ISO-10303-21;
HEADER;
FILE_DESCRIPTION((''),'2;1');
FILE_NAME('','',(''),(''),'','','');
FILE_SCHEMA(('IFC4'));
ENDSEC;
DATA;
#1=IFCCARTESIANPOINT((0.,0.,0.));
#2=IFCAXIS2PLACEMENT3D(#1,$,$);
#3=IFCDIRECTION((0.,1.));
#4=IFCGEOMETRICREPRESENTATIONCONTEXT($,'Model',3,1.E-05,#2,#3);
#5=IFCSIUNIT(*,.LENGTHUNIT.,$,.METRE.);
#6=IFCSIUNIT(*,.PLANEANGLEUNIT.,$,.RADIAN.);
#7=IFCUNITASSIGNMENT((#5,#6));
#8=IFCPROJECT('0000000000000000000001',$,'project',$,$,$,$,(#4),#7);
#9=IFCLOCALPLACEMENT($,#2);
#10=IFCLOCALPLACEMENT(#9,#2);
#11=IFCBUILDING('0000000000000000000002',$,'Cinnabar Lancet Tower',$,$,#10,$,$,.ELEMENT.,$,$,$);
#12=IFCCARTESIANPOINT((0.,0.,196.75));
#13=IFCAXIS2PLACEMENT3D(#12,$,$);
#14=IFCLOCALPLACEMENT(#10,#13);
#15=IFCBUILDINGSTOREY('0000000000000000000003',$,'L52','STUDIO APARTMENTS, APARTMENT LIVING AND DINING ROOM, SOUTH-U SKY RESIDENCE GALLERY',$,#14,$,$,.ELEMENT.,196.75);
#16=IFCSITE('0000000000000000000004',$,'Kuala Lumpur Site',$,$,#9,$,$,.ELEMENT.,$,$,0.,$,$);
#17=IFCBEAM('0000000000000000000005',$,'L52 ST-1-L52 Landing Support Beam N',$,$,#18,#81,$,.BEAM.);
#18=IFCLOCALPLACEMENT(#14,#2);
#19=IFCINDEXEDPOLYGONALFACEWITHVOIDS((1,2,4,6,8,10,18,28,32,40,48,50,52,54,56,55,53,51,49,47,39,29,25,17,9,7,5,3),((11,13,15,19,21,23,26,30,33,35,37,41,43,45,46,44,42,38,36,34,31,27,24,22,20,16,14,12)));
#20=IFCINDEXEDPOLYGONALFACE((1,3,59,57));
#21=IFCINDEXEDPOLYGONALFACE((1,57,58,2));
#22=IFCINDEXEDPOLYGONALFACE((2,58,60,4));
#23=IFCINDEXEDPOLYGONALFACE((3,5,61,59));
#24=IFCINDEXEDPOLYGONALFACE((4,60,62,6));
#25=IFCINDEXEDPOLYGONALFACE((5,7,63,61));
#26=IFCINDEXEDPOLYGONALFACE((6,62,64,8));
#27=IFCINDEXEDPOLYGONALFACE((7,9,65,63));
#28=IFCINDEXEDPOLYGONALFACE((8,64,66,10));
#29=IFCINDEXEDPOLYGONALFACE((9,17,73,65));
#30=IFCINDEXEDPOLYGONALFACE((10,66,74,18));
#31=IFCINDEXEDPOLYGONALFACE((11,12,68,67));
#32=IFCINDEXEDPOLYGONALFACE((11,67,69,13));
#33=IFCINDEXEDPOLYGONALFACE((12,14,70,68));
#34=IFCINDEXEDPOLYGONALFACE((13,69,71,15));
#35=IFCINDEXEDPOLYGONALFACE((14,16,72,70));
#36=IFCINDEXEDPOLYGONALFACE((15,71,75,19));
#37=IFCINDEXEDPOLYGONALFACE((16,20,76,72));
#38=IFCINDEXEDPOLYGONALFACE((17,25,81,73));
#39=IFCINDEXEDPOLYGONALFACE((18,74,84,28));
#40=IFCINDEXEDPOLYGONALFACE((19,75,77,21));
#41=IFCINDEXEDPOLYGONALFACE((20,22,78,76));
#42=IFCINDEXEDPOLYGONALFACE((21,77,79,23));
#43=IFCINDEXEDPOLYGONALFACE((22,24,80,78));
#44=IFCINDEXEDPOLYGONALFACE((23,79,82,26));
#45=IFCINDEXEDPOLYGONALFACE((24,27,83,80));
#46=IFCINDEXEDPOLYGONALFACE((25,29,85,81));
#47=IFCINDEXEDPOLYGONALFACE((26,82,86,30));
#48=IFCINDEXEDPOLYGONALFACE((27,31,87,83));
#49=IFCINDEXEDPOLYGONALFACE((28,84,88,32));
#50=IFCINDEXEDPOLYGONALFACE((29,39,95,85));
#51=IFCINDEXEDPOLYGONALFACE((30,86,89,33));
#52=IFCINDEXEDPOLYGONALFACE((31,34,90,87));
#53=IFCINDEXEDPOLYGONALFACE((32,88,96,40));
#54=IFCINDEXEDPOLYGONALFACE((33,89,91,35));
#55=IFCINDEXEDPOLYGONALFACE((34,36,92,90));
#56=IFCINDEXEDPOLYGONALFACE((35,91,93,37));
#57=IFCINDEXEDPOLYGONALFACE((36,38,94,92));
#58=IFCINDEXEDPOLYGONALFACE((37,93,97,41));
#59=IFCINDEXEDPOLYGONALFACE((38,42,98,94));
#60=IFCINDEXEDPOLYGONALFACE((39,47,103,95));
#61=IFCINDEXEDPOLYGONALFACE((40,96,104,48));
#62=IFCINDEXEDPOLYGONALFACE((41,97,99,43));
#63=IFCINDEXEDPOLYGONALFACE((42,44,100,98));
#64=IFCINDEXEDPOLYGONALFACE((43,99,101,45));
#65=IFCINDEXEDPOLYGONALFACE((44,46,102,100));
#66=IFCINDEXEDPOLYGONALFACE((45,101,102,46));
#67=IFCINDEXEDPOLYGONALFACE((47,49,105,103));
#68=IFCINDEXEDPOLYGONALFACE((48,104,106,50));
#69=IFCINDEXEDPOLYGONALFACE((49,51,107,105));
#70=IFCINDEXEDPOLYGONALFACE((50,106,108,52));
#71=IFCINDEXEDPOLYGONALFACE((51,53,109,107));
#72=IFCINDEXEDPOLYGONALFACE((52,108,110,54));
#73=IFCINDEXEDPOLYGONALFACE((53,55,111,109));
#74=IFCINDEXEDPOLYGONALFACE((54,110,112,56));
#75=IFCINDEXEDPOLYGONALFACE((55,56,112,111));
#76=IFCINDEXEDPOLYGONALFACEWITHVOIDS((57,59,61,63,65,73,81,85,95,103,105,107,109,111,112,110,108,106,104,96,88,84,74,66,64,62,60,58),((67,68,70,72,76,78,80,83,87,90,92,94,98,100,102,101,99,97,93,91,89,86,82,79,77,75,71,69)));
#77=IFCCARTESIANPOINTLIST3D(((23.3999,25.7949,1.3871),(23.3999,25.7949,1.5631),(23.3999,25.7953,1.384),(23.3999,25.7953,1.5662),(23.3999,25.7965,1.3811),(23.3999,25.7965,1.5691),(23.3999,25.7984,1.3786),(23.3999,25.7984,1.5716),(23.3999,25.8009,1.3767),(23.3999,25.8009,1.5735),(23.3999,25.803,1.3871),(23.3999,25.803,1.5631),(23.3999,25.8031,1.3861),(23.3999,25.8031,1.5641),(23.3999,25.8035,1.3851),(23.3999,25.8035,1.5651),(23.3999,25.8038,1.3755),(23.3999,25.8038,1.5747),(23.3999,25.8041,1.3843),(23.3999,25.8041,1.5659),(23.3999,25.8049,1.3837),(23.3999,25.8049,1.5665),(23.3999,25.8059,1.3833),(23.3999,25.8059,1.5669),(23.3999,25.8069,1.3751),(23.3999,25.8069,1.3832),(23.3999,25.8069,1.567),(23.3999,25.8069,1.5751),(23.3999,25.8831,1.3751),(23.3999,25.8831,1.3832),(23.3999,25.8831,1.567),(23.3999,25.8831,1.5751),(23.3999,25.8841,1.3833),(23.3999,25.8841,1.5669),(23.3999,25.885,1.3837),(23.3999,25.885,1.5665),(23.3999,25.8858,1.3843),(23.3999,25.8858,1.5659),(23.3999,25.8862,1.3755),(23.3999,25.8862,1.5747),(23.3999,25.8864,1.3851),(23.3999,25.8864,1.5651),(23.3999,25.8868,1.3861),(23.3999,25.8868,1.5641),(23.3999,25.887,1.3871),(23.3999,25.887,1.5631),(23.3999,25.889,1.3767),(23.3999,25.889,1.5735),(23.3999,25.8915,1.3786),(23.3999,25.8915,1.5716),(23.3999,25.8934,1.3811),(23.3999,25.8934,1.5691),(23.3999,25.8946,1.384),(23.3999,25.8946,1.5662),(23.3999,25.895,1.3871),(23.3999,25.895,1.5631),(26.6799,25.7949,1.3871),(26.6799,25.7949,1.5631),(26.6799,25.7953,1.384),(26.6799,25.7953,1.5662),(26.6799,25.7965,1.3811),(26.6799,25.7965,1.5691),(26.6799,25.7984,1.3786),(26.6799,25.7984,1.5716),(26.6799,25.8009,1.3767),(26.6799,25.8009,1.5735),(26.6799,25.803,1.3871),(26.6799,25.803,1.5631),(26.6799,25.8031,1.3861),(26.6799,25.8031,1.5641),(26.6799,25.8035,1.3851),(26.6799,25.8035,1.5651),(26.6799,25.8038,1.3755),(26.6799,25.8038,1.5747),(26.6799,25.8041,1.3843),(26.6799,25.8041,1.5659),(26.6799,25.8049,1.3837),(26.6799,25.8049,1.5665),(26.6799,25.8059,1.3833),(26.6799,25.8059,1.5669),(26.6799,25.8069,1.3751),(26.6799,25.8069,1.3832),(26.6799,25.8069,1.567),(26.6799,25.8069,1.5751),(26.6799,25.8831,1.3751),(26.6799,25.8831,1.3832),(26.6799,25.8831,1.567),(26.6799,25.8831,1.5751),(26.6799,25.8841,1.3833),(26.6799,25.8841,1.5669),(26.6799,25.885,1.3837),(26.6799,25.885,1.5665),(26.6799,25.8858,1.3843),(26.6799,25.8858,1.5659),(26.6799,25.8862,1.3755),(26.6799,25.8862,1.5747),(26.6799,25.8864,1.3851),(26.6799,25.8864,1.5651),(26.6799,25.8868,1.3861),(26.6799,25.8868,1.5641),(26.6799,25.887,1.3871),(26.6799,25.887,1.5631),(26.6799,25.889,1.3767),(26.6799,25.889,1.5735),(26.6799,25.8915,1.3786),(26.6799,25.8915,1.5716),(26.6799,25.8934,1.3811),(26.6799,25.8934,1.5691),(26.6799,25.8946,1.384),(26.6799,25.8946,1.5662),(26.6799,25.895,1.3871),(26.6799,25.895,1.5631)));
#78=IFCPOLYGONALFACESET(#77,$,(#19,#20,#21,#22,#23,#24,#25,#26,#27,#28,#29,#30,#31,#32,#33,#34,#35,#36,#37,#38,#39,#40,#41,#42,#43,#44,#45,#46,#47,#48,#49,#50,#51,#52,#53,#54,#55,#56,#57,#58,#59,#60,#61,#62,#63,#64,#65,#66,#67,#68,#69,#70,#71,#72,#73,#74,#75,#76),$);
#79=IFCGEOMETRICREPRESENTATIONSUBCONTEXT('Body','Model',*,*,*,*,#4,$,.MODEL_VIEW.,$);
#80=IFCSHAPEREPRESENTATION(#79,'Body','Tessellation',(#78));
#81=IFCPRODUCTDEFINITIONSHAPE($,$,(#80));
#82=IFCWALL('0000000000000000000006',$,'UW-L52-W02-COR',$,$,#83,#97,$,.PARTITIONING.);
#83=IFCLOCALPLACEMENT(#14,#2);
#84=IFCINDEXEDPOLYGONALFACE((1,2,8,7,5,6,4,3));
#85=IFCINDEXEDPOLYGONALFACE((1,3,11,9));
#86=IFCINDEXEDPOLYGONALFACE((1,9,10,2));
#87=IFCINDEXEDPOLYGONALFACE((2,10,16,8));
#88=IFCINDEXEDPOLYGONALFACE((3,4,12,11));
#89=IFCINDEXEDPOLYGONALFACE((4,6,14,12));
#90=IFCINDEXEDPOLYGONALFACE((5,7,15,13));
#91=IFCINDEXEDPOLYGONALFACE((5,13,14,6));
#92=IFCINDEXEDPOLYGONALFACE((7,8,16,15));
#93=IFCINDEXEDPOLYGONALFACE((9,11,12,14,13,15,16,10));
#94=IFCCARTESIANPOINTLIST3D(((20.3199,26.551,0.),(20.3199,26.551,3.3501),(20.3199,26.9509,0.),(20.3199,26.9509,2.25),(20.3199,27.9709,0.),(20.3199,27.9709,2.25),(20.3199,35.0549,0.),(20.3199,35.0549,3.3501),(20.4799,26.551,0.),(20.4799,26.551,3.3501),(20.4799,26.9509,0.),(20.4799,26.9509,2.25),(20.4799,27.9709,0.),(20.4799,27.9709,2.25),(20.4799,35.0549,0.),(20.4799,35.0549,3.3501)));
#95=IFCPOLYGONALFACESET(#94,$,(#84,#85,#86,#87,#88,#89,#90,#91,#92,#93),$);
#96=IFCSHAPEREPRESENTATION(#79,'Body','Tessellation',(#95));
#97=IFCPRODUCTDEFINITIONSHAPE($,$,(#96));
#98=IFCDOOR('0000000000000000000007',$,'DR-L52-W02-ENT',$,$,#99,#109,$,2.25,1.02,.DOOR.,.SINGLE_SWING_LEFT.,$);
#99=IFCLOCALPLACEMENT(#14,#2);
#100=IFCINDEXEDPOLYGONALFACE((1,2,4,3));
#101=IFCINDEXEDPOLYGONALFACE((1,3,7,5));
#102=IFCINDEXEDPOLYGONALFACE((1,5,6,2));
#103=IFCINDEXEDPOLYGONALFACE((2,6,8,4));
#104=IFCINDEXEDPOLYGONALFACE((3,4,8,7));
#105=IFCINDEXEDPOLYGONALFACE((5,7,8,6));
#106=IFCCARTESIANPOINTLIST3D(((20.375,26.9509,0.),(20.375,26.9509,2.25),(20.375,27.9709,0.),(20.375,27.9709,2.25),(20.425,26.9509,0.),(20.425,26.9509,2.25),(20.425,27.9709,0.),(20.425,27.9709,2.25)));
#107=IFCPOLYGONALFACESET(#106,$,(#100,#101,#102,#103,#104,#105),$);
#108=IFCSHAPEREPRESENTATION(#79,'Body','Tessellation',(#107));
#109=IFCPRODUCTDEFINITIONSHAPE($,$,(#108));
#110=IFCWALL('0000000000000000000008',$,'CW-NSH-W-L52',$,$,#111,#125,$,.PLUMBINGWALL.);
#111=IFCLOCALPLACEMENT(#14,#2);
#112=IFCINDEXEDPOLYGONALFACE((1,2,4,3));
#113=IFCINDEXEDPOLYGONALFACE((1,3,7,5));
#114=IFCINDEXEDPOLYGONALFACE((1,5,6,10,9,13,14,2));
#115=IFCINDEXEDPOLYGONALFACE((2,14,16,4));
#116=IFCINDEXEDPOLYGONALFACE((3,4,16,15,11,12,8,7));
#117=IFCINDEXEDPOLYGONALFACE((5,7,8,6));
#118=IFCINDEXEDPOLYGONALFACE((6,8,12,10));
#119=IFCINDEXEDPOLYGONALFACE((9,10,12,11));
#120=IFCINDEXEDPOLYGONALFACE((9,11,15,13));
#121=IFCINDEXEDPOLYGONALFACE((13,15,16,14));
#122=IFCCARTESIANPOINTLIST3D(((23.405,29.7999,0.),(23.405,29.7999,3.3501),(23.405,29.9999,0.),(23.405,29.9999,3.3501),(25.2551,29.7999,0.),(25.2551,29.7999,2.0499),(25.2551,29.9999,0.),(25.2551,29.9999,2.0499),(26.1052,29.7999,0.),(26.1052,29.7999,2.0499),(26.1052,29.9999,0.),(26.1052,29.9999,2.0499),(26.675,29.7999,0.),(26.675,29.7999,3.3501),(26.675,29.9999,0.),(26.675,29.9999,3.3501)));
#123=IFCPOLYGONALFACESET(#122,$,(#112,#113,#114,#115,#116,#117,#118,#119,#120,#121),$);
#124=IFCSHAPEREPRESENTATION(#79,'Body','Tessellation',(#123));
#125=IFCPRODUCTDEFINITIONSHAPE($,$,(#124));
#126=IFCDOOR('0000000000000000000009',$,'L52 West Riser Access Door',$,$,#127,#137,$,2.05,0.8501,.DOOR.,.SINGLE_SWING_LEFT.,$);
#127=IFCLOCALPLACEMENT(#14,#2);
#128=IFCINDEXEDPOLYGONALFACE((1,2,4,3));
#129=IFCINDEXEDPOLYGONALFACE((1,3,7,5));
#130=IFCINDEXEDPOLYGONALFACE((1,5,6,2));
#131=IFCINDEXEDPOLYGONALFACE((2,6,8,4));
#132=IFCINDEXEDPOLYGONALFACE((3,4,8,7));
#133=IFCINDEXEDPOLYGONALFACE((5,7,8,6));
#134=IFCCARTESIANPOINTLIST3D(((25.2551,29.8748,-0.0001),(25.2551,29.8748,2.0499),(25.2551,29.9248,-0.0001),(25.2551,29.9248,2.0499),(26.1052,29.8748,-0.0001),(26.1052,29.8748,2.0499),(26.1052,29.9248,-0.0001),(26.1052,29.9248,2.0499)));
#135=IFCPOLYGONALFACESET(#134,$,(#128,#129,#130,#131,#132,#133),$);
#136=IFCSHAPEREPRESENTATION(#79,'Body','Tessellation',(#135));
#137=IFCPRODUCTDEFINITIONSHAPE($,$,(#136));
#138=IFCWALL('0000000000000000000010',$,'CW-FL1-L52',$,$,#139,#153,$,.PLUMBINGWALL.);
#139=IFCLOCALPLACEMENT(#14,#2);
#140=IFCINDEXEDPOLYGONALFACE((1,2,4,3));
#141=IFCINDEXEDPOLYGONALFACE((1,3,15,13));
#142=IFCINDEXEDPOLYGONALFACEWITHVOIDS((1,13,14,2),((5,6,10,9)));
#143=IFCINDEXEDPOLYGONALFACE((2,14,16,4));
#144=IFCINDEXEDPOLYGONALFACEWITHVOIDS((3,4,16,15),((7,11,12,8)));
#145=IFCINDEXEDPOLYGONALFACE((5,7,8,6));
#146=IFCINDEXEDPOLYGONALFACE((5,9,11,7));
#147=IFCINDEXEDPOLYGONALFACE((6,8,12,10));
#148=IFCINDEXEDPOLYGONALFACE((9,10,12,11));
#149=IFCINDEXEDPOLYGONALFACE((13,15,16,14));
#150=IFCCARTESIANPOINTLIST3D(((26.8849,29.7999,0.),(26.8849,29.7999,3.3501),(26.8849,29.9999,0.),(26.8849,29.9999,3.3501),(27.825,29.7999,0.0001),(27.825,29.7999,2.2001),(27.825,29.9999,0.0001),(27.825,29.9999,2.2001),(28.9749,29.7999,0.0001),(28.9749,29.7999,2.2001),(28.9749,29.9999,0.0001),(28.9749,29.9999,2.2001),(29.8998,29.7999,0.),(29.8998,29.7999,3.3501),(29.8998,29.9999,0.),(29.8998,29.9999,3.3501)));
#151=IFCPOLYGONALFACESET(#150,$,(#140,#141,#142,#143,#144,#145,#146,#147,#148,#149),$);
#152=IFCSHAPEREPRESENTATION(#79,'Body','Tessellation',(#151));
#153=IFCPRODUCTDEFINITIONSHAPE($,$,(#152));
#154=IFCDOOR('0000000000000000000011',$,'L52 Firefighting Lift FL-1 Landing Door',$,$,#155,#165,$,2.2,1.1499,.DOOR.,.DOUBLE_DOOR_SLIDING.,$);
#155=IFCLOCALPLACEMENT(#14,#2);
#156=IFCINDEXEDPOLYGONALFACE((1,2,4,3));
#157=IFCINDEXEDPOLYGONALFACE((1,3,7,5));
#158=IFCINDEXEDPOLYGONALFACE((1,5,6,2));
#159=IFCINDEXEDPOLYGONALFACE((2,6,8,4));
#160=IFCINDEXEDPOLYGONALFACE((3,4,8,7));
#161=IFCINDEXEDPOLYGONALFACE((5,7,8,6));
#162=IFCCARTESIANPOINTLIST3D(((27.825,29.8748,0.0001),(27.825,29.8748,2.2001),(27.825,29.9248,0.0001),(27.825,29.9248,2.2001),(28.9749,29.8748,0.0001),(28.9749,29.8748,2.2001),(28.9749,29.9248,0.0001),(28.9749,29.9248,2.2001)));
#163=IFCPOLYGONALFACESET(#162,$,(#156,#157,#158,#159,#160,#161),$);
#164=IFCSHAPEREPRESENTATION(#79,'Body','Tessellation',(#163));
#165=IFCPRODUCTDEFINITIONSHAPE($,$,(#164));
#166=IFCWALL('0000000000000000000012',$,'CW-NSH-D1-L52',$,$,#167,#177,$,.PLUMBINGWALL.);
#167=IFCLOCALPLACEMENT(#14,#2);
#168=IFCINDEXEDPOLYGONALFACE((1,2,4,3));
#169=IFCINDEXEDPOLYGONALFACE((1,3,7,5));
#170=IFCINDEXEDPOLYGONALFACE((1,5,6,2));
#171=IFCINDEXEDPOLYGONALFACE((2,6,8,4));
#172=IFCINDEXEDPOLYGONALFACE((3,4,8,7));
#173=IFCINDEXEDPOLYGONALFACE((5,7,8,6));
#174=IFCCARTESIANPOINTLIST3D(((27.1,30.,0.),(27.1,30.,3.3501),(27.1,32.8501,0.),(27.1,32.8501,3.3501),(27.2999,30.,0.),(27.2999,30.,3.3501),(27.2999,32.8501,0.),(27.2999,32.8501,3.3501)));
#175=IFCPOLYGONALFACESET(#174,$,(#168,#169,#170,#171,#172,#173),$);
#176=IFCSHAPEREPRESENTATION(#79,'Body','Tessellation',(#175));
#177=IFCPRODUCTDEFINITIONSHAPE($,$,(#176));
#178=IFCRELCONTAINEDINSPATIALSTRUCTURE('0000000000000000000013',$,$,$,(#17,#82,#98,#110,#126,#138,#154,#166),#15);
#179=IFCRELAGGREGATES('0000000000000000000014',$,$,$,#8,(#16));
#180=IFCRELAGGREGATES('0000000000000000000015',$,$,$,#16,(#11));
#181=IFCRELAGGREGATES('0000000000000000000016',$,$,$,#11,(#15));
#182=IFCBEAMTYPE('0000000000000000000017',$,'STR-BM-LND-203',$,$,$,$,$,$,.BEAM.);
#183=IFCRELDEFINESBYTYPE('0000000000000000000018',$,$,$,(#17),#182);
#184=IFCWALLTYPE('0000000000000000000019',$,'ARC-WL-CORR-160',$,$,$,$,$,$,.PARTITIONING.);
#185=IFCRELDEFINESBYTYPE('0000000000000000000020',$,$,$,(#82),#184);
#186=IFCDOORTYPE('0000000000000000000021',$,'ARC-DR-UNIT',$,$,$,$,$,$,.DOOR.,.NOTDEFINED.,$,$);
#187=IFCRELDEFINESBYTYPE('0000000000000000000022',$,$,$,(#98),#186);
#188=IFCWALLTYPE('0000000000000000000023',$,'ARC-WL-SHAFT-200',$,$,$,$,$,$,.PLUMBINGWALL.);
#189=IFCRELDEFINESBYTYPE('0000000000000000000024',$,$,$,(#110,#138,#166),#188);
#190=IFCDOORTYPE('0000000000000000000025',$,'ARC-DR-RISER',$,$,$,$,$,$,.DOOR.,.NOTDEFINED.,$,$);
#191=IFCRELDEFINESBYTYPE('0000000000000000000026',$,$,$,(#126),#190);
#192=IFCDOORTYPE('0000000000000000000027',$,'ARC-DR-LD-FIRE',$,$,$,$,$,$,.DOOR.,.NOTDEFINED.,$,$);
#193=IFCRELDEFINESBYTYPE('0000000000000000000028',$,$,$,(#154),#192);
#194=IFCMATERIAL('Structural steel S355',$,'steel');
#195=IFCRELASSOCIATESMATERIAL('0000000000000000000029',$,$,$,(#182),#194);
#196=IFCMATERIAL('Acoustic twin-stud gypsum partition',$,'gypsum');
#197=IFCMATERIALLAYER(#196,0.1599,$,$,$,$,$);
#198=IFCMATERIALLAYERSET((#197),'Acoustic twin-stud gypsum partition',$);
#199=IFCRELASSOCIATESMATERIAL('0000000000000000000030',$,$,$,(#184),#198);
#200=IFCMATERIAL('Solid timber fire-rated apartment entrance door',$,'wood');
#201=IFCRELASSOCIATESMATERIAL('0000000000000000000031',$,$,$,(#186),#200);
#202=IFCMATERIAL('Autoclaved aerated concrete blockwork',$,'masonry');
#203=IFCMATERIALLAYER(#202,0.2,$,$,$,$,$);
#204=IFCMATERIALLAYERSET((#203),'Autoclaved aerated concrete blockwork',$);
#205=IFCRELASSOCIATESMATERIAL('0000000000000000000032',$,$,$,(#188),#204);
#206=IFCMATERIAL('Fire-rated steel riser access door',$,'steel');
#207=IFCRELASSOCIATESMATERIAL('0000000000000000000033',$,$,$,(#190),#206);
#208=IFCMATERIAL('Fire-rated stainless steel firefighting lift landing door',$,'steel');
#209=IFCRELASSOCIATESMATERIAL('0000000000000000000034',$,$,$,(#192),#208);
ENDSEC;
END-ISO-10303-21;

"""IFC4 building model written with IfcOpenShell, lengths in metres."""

from ifc_helpers import new_model, si_unit, direction, frame, frame_2d, origin, origin_2d, place, context, subcontext, project, spatial, rectangle, hollow_rectangle, extrude, material, layer, layer_set, material_profile, profile_set, type_object, element, fill, save


model = new_model("IFC4")

# Units and contexts
model_context = context("Model", 3, precision=1e-05, world=origin(), true_north=direction((0.0, 1.0)))
body_context = subcontext(model_context, "Body", "Model", "MODEL_VIEW")
ifc_project = project(units=[si_unit("LENGTHUNIT", "METRE"), si_unit("PLANEANGLEUNIT", "RADIAN")], contexts=[model_context])

# Site, building, storey
site_placement = place(None, origin())
site = spatial("IfcSite", under=ifc_project, at=site_placement, Name="Kuala Lumpur Site", CompositionType="ELEMENT", RefElevation=0.0)
building_placement = place(site_placement, origin())
building = spatial("IfcBuilding", under=site, at=building_placement, Name="Cinnabar Lancet Tower", CompositionType="ELEMENT")
storey_placement = place(building_placement, frame((0.0, 0.0, 196.75)))
storey = spatial("IfcBuildingStorey", under=building, at=storey_placement, Name="L52", Description="STUDIO APARTMENTS, APARTMENT LIVING AND DINING ROOM, SOUTH-U SKY RESIDENCE GALLERY", CompositionType="ELEMENT", Elevation=196.75)

# Beam
ifc_material_1 = material(Name="Structural steel S355", Category="steel")
ifc_material_profile_1 = material_profile(ifc_material_1, hollow_rectangle(XDim=0.1001, YDim=0.2, WallThickness=0.0081, InnerFilletRadius=0.0039, OuterFilletRadius=0.012, at=origin_2d()), Name="RHS 200x100x8")
ifc_profile_set_1 = profile_set([ifc_material_profile_1], Name="Structural steel S355")
beam_type_1 = type_object("IfcBeamType", Name="STR-BM-LND-203", PredefinedType="BEAM", material=ifc_profile_set_1)
beam_1_placement = place(storey_placement, frame((23.3999, 25.845, 1.4751), z_axis=(1.0, 0.0, 0.0), x_axis=(0.0, 1.0, 0.0)))
element("IfcBeam", 1, at=beam_1_placement, inside=storey, type_object=beam_type_1, Name="L52 ST-1-L52 Landing Support Beam N", PredefinedType="BEAM", context=body_context, shape_type="SweptSolid", body=[
    extrude(hollow_rectangle(XDim=0.1001, YDim=0.2, WallThickness=0.0081, InnerFilletRadius=0.0039, OuterFilletRadius=0.012, at=origin_2d()), origin(), (0.0, 0.0, 1.0), 3.28),
])

# Walls, openings, doors
ifc_material_2 = material(Name="Acoustic twin-stud gypsum partition", Category="gypsum")
ifc_layer_1 = layer(ifc_material_2, 0.1599)
ifc_layer_set_1 = layer_set([ifc_layer_1], Name="Acoustic twin-stud gypsum partition")
wall_type_1 = type_object("IfcWallType", Name="ARC-WL-CORR-160", PredefinedType="PARTITIONING", material=ifc_layer_set_1)
wall_1_placement = place(storey_placement, frame((20.3999, 26.551, 0.0), z_axis=(0.0, 0.0, 1.0), x_axis=(0.0, 1.0, 0.0)))
wall_1 = element("IfcWall", 2, at=wall_1_placement, inside=storey, type_object=wall_type_1, Name="UW-L52-W02-COR", PredefinedType="PARTITIONING", context=body_context, shape_type="SweptSolid", body=[
    extrude(rectangle(XDim=8.5039, YDim=0.1599, at=frame_2d((4.252, 0.0))), origin(), (0.0, 0.0, 1.0), 3.3501),
])
opening_1_placement = place(wall_1_placement, frame((0.3999, 0.0, 0.0)))
opening_1 = element("IfcOpeningElement", 3, at=opening_1_placement, cuts=wall_1, PredefinedType="OPENING", context=body_context, shape_type="SweptSolid", body=[
    extrude(rectangle(XDim=1.02, YDim=2.25, at=frame_2d((0.51, 1.125))), frame((0.0, 0.0898, 0.0), z_axis=(0.0, -1.0, 0.0), x_axis=(1.0, 0.0, 0.0)), (0.0, 0.0, 1.0), 0.1799),
])
ifc_material_3 = material(Name="Solid timber fire-rated apartment entrance door", Category="wood")
door_type_1 = type_object("IfcDoorType", Name="ARC-DR-UNIT", OperationType="NOTDEFINED", PredefinedType="DOOR", material=ifc_material_3)
door_1_placement = place(opening_1_placement, origin())
door_1 = element("IfcDoor", 4, at=door_1_placement, inside=storey, type_object=door_type_1, Name="DR-L52-W02-ENT", OperationType="SINGLE_SWING_LEFT", OverallHeight=2.25, OverallWidth=1.02, PredefinedType="DOOR", context=body_context, shape_type="SweptSolid", body=[
    extrude(rectangle(XDim=1.02, YDim=2.25, at=frame_2d((0.51, 1.125))), frame((0.0, 0.0249, 0.0), z_axis=(0.0, -1.0, 0.0), x_axis=(1.0, 0.0, 0.0)), (0.0, 0.0, 1.0), 0.05),
])
fill(opening_1, door_1)
ifc_material_4 = material(Name="Autoclaved aerated concrete blockwork", Category="masonry")
ifc_layer_2 = layer(ifc_material_4, 0.2)
ifc_layer_set_2 = layer_set([ifc_layer_2], Name="Autoclaved aerated concrete blockwork")
wall_type_2 = type_object("IfcWallType", Name="ARC-WL-SHAFT-200", PredefinedType="PLUMBINGWALL", material=ifc_layer_set_2)
wall_2_placement = place(storey_placement, frame((23.405, 29.8999, 0.0), z_axis=(0.0, 0.0, 1.0), x_axis=(1.0, 0.0, 0.0)))
wall_2 = element("IfcWall", 5, at=wall_2_placement, inside=storey, type_object=wall_type_2, Name="CW-NSH-W-L52", PredefinedType="PLUMBINGWALL", context=body_context, shape_type="SweptSolid", body=[
    extrude(rectangle(XDim=3.27, YDim=0.2, at=frame_2d((1.635, 0.0))), origin(), (0.0, 0.0, 1.0), 3.3501),
])
opening_2_placement = place(wall_2_placement, frame((1.8501, 0.0, 0.0)))
opening_2 = element("IfcOpeningElement", 6, at=opening_2_placement, cuts=wall_2, PredefinedType="OPENING", context=body_context, shape_type="SweptSolid", body=[
    extrude(rectangle(XDim=0.8501, YDim=2.05, at=frame_2d((0.425, 1.0249))), frame((0.0, 0.1099, 0.0), z_axis=(0.0, -1.0, 0.0), x_axis=(1.0, 0.0, 0.0)), (0.0, 0.0, 1.0), 0.22),
])
ifc_material_5 = material(Name="Fire-rated steel riser access door", Category="steel")
door_type_2 = type_object("IfcDoorType", Name="ARC-DR-RISER", OperationType="NOTDEFINED", PredefinedType="DOOR", material=ifc_material_5)
door_2_placement = place(opening_2_placement, origin())
door_2 = element("IfcDoor", 7, at=door_2_placement, inside=storey, type_object=door_type_2, Name="L52 West Riser Access Door", OperationType="SINGLE_SWING_LEFT", OverallHeight=2.05, OverallWidth=0.8501, PredefinedType="DOOR", context=body_context, shape_type="SweptSolid", body=[
    extrude(rectangle(XDim=0.8501, YDim=2.05, at=frame_2d((0.425, 1.0249))), frame((0.0, 0.0249, 0.0), z_axis=(0.0, -1.0, 0.0), x_axis=(1.0, 0.0, 0.0)), (0.0, 0.0, 1.0), 0.05),
])
fill(opening_2, door_2)
wall_3_placement = place(storey_placement, frame((26.885, 29.8999, 0.0), z_axis=(0.0, 0.0, 1.0), x_axis=(1.0, 0.0, 0.0)))
wall_3 = element("IfcWall", 8, at=wall_3_placement, inside=storey, type_object=wall_type_2, Name="CW-FL1-L52", PredefinedType="PLUMBINGWALL", context=body_context, shape_type="SweptSolid", body=[
    extrude(rectangle(XDim=3.0149, YDim=0.2, at=frame_2d((1.5073, 0.0))), origin(), (0.0, 0.0, 1.0), 3.3501),
])
opening_3_placement = place(wall_3_placement, frame((0.9399, 0.0, 0.0)))
opening_3 = element("IfcOpeningElement", 9, at=opening_3_placement, cuts=wall_3, PredefinedType="OPENING", context=body_context, shape_type="SweptSolid", body=[
    extrude(rectangle(XDim=1.1499, YDim=2.2, at=frame_2d((0.575, 1.1001))), frame((0.0, 0.1099, 0.0), z_axis=(0.0, -1.0, 0.0), x_axis=(1.0, 0.0, 0.0)), (0.0, 0.0, 1.0), 0.22),
])
ifc_material_6 = material(Name="Fire-rated stainless steel firefighting lift landing door", Category="steel")
door_type_3 = type_object("IfcDoorType", Name="ARC-DR-LD-FIRE", OperationType="NOTDEFINED", PredefinedType="DOOR", material=ifc_material_6)
door_3_placement = place(opening_3_placement, origin())
door_3 = element("IfcDoor", 10, at=door_3_placement, inside=storey, type_object=door_type_3, Name="L52 Firefighting Lift FL-1 Landing Door", OperationType="DOUBLE_DOOR_SLIDING", OverallHeight=2.2, OverallWidth=1.1499, PredefinedType="DOOR", context=body_context, shape_type="SweptSolid", body=[
    extrude(rectangle(XDim=1.1499, YDim=2.2, at=frame_2d((0.575, 1.1001))), frame((0.0, 0.0249, 0.0), z_axis=(0.0, -1.0, 0.0), x_axis=(1.0, 0.0, 0.0)), (0.0, 0.0, 1.0), 0.05),
])
fill(opening_3, door_3)

# Wall
wall_4_placement = place(storey_placement, frame((27.2, 30.0, 0.0), z_axis=(0.0, 0.0, 1.0), x_axis=(0.0, 1.0, 0.0)))
element("IfcWall", 11, at=wall_4_placement, inside=storey, type_object=wall_type_2, Name="CW-NSH-D1-L52", PredefinedType="PLUMBINGWALL", context=body_context, shape_type="SweptSolid", body=[
    extrude(rectangle(XDim=2.8501, YDim=0.2, at=frame_2d((1.425, 0.0))), origin(), (0.0, 0.0, 1.0), 3.3501),
])

save(model, "model.ifc")
